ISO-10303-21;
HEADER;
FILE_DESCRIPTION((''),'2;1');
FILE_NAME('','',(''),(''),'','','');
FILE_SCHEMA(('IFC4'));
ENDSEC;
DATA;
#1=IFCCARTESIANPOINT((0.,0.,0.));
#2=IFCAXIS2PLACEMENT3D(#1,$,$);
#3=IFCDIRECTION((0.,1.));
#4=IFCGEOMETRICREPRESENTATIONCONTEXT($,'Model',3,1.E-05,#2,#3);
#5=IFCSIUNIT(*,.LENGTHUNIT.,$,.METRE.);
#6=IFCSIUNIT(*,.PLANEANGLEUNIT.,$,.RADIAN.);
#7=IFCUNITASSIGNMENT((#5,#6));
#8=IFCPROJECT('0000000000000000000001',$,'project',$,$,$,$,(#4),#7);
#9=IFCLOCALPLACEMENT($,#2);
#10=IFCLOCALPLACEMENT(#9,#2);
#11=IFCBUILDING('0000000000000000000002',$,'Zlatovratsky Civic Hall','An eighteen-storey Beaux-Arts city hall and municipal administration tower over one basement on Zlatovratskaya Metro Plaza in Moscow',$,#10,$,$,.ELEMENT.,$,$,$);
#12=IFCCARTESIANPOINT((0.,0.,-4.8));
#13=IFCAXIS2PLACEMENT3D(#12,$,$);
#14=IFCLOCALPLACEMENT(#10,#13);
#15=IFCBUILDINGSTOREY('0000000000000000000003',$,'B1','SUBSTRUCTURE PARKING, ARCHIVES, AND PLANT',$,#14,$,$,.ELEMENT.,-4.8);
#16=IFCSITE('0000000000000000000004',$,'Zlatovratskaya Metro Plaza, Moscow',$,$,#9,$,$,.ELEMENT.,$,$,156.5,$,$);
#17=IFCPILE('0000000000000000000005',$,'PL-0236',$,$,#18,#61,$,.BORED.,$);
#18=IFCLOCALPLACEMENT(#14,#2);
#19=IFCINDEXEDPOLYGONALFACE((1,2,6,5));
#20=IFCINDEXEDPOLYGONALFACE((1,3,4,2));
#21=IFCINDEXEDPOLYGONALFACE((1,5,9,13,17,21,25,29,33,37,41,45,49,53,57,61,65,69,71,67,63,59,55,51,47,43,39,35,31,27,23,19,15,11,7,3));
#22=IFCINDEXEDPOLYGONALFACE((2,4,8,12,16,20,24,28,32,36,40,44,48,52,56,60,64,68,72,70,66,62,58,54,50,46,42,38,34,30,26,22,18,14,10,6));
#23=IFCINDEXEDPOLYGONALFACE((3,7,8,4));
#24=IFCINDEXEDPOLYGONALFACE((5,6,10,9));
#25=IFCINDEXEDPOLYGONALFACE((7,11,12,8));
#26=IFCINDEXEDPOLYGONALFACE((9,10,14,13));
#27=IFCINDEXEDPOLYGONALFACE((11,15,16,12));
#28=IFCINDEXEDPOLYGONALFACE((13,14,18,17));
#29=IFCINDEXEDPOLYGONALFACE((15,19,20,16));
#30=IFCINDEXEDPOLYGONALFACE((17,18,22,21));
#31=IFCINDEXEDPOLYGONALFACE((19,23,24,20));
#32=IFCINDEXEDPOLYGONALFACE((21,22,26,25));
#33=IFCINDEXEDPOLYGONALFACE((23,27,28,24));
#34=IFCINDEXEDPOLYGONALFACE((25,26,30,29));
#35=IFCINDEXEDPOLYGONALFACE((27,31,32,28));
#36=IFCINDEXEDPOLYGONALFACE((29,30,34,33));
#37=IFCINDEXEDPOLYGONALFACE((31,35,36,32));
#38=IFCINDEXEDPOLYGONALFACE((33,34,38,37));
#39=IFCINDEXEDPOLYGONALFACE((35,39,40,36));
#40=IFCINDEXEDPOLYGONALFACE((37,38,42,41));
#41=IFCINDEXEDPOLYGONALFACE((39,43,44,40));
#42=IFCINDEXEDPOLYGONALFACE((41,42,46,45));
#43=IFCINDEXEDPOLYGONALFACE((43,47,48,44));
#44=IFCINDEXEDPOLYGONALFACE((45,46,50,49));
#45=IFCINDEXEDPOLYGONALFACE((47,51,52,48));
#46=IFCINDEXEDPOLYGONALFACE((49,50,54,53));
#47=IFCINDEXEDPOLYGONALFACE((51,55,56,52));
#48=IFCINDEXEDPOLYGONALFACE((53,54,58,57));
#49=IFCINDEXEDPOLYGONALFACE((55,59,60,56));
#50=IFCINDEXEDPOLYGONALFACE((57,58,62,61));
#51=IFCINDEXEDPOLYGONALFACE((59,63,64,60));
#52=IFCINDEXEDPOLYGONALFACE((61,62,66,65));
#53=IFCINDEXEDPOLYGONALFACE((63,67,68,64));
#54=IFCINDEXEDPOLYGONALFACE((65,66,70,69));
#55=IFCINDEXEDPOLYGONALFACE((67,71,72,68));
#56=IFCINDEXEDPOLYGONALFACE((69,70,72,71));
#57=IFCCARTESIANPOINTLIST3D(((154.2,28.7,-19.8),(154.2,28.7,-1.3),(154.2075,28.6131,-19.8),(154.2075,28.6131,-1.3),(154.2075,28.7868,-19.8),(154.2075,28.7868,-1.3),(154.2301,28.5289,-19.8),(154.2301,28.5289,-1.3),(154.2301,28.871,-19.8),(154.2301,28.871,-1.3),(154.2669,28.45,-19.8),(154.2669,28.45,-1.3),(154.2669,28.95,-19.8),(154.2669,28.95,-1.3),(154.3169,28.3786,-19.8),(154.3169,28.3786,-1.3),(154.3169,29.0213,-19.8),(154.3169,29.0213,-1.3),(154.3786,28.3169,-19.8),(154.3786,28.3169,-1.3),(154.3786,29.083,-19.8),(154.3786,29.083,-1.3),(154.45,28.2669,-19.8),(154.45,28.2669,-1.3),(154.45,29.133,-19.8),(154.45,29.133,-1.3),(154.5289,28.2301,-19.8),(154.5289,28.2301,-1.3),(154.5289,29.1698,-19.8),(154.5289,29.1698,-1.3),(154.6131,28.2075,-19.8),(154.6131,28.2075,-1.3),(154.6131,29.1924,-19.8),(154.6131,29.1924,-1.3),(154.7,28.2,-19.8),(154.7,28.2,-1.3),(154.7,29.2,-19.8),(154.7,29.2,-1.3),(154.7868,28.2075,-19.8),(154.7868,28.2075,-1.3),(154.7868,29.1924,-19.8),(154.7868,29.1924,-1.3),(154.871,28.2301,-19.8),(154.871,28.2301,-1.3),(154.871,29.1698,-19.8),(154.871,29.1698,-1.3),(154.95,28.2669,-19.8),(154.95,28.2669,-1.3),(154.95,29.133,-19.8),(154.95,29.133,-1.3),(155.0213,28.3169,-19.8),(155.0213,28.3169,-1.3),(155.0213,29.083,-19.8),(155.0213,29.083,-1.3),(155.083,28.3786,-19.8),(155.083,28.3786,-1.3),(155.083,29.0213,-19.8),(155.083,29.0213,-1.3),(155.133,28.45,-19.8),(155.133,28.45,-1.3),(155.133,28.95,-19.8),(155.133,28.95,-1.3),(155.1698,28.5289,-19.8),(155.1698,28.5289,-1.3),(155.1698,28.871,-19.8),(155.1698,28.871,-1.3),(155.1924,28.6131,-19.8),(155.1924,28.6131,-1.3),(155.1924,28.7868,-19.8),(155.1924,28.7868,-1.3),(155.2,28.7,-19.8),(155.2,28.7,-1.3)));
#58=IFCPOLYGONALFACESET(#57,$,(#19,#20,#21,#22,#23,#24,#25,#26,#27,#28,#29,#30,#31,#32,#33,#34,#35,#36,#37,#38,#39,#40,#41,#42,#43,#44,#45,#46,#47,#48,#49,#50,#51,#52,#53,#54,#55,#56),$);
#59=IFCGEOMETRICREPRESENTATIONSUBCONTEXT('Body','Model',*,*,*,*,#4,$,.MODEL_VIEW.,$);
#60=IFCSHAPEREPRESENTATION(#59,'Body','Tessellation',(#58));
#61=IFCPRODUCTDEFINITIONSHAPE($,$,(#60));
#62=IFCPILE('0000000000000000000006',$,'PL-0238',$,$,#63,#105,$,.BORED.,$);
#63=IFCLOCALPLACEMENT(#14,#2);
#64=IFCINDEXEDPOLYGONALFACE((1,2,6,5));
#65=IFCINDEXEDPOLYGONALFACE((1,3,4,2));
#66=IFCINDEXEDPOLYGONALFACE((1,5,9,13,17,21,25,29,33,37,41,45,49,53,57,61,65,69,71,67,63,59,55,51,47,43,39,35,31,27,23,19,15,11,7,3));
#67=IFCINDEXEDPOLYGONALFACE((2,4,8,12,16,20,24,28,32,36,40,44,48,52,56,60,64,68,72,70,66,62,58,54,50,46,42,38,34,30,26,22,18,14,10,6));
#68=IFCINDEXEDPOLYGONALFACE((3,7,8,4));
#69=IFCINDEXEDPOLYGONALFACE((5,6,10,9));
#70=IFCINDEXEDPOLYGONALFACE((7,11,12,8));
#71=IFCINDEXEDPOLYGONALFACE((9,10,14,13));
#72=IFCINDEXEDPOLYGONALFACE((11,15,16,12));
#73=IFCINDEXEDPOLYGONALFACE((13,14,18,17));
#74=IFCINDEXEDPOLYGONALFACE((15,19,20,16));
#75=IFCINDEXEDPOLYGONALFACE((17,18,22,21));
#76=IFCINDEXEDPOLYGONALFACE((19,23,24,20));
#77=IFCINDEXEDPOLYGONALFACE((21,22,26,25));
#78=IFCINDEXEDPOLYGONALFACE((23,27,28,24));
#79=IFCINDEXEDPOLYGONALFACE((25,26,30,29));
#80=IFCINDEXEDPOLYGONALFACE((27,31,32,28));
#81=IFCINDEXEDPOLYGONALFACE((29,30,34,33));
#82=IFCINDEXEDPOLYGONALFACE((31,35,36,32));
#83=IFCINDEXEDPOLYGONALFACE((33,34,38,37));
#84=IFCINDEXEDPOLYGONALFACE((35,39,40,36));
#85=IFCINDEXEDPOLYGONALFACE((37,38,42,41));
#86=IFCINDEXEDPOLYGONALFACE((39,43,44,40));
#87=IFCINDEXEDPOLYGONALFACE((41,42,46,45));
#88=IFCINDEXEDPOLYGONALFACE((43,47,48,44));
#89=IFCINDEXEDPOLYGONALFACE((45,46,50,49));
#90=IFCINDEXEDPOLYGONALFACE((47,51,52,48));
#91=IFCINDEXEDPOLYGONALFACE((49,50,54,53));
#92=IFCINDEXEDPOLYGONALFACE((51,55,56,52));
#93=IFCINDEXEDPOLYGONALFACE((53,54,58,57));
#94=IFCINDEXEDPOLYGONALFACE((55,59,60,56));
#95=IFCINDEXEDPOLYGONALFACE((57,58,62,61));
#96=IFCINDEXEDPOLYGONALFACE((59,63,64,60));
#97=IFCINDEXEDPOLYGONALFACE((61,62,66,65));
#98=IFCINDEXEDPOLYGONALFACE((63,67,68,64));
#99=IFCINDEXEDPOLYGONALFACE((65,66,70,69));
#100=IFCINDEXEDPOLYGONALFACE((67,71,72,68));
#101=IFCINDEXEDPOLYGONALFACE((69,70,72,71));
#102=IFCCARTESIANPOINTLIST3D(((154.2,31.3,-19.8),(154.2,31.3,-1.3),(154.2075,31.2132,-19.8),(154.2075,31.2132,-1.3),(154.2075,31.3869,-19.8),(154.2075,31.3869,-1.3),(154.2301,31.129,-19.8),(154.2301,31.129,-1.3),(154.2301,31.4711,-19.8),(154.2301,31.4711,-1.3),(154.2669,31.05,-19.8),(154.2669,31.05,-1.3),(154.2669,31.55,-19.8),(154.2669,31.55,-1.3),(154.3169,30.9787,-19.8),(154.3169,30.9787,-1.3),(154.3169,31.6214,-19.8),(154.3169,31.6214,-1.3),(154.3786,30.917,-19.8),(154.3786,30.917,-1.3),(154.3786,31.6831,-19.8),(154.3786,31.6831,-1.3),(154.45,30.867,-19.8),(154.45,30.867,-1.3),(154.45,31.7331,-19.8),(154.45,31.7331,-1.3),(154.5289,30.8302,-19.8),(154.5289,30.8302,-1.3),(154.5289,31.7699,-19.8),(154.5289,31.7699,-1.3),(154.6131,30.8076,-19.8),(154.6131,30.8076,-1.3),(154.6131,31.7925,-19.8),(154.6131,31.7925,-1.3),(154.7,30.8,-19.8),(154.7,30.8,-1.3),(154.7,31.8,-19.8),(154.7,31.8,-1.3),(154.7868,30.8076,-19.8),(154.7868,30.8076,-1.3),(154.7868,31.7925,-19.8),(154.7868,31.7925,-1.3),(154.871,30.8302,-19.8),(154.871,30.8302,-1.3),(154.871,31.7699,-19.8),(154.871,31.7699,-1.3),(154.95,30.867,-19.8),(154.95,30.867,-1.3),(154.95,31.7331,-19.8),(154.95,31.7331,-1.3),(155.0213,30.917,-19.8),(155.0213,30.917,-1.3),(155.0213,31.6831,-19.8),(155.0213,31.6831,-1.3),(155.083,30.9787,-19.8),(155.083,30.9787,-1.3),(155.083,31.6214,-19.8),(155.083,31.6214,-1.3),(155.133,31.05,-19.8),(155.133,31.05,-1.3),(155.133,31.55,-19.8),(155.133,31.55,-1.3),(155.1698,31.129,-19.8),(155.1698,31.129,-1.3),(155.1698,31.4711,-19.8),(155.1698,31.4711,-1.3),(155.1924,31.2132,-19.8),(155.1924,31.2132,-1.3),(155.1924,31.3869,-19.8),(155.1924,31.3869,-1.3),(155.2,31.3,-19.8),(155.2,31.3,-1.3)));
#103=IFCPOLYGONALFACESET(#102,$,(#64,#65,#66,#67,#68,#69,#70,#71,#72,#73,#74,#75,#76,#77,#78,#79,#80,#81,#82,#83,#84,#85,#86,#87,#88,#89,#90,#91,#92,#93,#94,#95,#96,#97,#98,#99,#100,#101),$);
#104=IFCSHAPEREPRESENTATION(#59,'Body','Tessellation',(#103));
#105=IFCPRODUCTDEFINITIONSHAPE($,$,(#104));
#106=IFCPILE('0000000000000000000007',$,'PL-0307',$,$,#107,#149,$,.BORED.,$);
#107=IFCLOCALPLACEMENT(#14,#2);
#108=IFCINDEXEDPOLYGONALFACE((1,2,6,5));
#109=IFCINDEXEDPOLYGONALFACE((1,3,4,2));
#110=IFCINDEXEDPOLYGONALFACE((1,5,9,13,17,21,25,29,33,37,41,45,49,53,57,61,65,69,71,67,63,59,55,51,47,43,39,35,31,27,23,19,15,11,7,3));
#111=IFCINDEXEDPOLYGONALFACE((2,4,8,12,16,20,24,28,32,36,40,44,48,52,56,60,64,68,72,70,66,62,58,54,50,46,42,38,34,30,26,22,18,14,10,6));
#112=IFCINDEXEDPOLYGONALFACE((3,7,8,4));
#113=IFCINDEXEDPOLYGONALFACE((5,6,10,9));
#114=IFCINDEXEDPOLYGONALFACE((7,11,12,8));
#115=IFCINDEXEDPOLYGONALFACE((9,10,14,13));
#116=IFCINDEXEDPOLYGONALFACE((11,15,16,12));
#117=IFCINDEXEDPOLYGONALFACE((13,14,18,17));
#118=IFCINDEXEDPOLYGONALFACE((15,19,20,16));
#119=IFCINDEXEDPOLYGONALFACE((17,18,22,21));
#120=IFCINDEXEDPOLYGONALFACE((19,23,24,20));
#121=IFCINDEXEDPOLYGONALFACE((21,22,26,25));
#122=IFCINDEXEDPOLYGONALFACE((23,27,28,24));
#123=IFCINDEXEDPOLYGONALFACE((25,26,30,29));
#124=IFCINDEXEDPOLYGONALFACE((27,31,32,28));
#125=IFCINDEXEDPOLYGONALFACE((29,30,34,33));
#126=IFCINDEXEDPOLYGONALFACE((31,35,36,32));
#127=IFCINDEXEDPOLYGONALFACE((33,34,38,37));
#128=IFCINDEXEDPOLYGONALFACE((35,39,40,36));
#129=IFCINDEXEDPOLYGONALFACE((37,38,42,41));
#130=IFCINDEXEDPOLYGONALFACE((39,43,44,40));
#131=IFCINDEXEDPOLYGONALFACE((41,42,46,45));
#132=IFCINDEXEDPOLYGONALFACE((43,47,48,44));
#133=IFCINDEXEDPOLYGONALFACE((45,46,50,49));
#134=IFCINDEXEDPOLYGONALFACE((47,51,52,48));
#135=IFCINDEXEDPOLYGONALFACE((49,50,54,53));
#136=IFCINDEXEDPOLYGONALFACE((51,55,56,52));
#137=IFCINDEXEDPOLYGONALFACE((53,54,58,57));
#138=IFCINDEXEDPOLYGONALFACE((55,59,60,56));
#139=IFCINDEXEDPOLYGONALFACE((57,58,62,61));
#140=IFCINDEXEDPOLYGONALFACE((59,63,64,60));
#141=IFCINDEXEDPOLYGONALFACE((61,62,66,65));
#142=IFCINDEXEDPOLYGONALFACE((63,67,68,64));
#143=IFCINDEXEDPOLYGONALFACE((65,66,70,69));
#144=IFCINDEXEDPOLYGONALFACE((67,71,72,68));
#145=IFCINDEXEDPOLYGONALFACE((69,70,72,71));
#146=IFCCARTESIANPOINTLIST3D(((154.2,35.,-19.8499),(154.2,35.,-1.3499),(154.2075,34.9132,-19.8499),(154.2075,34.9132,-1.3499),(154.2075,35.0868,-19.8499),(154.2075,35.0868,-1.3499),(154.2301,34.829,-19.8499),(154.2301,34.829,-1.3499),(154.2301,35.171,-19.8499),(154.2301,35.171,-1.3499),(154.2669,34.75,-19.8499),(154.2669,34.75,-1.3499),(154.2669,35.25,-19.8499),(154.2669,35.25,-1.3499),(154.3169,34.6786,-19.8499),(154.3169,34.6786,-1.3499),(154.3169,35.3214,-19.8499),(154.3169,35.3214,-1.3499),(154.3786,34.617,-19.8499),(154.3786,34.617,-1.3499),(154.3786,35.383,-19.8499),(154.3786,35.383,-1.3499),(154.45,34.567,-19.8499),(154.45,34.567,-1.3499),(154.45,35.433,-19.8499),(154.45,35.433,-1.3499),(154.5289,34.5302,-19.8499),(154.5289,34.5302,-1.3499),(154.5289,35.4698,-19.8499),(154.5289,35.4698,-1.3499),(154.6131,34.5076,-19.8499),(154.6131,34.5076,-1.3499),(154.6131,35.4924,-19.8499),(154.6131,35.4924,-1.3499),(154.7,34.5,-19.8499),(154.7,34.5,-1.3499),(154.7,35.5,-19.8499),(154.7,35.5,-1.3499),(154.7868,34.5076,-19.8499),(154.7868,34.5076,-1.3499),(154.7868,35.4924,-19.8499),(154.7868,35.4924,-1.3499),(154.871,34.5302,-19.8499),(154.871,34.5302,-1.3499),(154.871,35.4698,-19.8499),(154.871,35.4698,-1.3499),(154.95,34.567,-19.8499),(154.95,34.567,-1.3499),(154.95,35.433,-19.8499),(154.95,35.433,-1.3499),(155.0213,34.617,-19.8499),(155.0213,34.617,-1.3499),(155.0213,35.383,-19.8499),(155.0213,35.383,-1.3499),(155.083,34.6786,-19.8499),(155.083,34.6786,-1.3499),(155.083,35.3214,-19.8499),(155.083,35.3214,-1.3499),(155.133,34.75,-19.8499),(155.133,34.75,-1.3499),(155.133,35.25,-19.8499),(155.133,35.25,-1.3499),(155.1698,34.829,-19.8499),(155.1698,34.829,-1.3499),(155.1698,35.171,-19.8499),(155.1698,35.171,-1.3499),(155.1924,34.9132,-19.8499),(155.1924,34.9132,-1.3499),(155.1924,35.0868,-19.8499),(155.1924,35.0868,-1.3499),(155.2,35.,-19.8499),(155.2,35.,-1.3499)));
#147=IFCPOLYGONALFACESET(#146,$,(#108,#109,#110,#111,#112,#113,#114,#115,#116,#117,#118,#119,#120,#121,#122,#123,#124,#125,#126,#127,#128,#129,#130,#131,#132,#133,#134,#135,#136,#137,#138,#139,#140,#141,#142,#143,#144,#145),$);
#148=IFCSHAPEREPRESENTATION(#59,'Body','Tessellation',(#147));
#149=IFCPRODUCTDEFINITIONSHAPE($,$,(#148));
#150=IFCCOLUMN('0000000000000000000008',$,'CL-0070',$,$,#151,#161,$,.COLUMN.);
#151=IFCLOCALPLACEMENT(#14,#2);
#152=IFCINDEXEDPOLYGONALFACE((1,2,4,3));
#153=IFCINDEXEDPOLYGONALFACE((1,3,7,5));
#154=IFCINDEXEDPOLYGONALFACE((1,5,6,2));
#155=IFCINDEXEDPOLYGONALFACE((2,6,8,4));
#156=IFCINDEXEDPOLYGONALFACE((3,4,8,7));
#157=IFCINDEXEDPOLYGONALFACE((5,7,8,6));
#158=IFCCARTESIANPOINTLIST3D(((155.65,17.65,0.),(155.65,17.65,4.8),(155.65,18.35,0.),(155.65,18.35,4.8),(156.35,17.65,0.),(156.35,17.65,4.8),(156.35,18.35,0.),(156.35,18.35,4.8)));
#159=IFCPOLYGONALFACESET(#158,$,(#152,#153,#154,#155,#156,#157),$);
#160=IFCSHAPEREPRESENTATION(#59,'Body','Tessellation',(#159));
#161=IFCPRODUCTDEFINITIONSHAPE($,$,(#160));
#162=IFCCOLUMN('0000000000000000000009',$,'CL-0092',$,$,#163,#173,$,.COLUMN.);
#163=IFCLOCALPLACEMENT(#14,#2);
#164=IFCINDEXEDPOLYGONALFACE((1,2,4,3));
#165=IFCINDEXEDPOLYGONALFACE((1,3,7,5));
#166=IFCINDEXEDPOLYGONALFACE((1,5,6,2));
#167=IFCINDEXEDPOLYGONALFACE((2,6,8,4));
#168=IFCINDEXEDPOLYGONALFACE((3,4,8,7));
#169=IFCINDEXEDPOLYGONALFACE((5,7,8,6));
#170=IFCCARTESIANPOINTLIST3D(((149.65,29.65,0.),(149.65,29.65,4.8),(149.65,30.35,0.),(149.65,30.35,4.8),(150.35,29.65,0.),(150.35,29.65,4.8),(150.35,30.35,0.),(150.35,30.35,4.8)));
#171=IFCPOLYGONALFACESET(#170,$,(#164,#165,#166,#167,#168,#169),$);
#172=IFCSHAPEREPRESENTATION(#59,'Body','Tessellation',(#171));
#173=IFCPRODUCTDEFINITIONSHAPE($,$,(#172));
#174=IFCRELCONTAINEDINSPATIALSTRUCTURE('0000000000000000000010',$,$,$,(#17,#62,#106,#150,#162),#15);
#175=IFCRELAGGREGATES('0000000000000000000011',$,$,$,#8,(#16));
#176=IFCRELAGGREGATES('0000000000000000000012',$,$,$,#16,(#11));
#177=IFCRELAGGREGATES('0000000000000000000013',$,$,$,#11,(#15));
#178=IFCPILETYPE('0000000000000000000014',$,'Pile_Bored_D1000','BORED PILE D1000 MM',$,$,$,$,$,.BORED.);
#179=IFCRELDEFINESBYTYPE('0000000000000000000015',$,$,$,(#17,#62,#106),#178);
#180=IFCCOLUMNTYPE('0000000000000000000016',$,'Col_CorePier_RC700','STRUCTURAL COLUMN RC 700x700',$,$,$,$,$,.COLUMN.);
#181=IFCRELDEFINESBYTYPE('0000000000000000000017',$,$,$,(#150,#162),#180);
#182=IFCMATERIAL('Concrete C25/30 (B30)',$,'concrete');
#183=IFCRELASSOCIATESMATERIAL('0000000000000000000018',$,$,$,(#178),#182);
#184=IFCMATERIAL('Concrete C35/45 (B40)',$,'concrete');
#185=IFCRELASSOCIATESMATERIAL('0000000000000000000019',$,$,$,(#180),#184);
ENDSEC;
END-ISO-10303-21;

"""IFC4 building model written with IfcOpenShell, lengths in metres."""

from ifc_helpers import new_model, si_unit, direction, frame, origin, origin_2d, place, context, subcontext, project, spatial, rectangle, circle, extrude, material, material_profile, profile_set, type_object, element, save


model = new_model("IFC4")

# Units and contexts
model_context = context("Model", 3, precision=1e-05, world=origin(), true_north=direction((0.0, 1.0)))
body_context = subcontext(model_context, "Body", "Model", "MODEL_VIEW")
ifc_project = project(units=[si_unit("LENGTHUNIT", "METRE"), si_unit("PLANEANGLEUNIT", "RADIAN")], contexts=[model_context])

# Site, building, storey
site_placement = place(None, origin())
site = spatial("IfcSite", under=ifc_project, at=site_placement, Name="Zlatovratskaya Metro Plaza, Moscow", CompositionType="ELEMENT", RefElevation=156.5)
building_placement = place(site_placement, origin())
building = spatial("IfcBuilding", under=site, at=building_placement, Name="Zlatovratsky Civic Hall", Description="An eighteen-storey Beaux-Arts city hall and municipal administration tower over one basement on Zlatovratskaya Metro Plaza in Moscow", CompositionType="ELEMENT")
storey_placement = place(building_placement, frame((0.0, 0.0, -4.8)))
storey = spatial("IfcBuildingStorey", under=building, at=storey_placement, Name="B1", Description="SUBSTRUCTURE PARKING, ARCHIVES, AND PLANT", CompositionType="ELEMENT", Elevation=-4.8)

# Shared definitions
ifc_material_1 = material(Name="Concrete C25/30 (B30)", Category="concrete")

# Piles
ifc_material_profile_1 = material_profile(ifc_material_1, circle(Radius=0.5, at=origin_2d()), Name="PILE D1000")
ifc_profile_set_1 = profile_set([ifc_material_profile_1], Name="Concrete C25/30 (B30)")
pile_type = type_object("IfcPileType", Name="Pile_Bored_D1000", Description="BORED PILE D1000 MM", PredefinedType="BORED", material=ifc_profile_set_1)
for number, where, z_axis, x_axis, name in (
    (1, (154.7, 28.7, -1.3), (0.0, 0.0, -1.0), (1.0, 0.0, 0.0), "PL-0236"),
    (2, (154.7, 31.3, -1.3), (0.0, 0.0, -1.0), (1.0, 0.0, 0.0), "PL-0238"),
    (3, (154.7, 35.0, -1.3499), (0.0, 0.0, -1.0), (1.0, 0.0, 0.0), "PL-0307"),
):
    element("IfcPile", number, at=place(storey_placement, frame(where, z_axis=z_axis, x_axis=x_axis)), inside=storey, type_object=pile_type, Name=name, PredefinedType="BORED", context=body_context, shape_type="SweptSolid", body=[
        extrude(circle(Radius=0.5, at=origin_2d()), origin(), (0.0, 0.0, 1.0), 18.5),
    ])

# Columns
ifc_material_2 = material(Name="Concrete C35/45 (B40)", Category="concrete")
ifc_material_profile_2 = material_profile(ifc_material_2, rectangle(XDim=0.7, YDim=0.7, at=origin_2d()), Name="RC 700x700")
ifc_profile_set_2 = profile_set([ifc_material_profile_2], Name="Concrete C35/45 (B40)")
column_type = type_object("IfcColumnType", Name="Col_CorePier_RC700", Description="STRUCTURAL COLUMN RC 700x700", PredefinedType="COLUMN", material=ifc_profile_set_2)
for number, where, z_axis, x_axis, name in (
    (4, (156.0, 18.0, 0.0), (0.0, 0.0, 1.0), (1.0, 0.0, 0.0), "CL-0070"),
    (5, (150.0, 30.0, 0.0), (0.0, 0.0, 1.0), (1.0, 0.0, 0.0), "CL-0092"),
):
    element("IfcColumn", number, at=place(storey_placement, frame(where, z_axis=z_axis, x_axis=x_axis)), inside=storey, type_object=column_type, Name=name, PredefinedType="COLUMN", context=body_context, shape_type="SweptSolid", body=[
        extrude(rectangle(XDim=0.7, YDim=0.7, at=origin_2d()), origin(), (0.0, 0.0, 1.0), 4.8),
    ])

save(model, "model.ifc")
